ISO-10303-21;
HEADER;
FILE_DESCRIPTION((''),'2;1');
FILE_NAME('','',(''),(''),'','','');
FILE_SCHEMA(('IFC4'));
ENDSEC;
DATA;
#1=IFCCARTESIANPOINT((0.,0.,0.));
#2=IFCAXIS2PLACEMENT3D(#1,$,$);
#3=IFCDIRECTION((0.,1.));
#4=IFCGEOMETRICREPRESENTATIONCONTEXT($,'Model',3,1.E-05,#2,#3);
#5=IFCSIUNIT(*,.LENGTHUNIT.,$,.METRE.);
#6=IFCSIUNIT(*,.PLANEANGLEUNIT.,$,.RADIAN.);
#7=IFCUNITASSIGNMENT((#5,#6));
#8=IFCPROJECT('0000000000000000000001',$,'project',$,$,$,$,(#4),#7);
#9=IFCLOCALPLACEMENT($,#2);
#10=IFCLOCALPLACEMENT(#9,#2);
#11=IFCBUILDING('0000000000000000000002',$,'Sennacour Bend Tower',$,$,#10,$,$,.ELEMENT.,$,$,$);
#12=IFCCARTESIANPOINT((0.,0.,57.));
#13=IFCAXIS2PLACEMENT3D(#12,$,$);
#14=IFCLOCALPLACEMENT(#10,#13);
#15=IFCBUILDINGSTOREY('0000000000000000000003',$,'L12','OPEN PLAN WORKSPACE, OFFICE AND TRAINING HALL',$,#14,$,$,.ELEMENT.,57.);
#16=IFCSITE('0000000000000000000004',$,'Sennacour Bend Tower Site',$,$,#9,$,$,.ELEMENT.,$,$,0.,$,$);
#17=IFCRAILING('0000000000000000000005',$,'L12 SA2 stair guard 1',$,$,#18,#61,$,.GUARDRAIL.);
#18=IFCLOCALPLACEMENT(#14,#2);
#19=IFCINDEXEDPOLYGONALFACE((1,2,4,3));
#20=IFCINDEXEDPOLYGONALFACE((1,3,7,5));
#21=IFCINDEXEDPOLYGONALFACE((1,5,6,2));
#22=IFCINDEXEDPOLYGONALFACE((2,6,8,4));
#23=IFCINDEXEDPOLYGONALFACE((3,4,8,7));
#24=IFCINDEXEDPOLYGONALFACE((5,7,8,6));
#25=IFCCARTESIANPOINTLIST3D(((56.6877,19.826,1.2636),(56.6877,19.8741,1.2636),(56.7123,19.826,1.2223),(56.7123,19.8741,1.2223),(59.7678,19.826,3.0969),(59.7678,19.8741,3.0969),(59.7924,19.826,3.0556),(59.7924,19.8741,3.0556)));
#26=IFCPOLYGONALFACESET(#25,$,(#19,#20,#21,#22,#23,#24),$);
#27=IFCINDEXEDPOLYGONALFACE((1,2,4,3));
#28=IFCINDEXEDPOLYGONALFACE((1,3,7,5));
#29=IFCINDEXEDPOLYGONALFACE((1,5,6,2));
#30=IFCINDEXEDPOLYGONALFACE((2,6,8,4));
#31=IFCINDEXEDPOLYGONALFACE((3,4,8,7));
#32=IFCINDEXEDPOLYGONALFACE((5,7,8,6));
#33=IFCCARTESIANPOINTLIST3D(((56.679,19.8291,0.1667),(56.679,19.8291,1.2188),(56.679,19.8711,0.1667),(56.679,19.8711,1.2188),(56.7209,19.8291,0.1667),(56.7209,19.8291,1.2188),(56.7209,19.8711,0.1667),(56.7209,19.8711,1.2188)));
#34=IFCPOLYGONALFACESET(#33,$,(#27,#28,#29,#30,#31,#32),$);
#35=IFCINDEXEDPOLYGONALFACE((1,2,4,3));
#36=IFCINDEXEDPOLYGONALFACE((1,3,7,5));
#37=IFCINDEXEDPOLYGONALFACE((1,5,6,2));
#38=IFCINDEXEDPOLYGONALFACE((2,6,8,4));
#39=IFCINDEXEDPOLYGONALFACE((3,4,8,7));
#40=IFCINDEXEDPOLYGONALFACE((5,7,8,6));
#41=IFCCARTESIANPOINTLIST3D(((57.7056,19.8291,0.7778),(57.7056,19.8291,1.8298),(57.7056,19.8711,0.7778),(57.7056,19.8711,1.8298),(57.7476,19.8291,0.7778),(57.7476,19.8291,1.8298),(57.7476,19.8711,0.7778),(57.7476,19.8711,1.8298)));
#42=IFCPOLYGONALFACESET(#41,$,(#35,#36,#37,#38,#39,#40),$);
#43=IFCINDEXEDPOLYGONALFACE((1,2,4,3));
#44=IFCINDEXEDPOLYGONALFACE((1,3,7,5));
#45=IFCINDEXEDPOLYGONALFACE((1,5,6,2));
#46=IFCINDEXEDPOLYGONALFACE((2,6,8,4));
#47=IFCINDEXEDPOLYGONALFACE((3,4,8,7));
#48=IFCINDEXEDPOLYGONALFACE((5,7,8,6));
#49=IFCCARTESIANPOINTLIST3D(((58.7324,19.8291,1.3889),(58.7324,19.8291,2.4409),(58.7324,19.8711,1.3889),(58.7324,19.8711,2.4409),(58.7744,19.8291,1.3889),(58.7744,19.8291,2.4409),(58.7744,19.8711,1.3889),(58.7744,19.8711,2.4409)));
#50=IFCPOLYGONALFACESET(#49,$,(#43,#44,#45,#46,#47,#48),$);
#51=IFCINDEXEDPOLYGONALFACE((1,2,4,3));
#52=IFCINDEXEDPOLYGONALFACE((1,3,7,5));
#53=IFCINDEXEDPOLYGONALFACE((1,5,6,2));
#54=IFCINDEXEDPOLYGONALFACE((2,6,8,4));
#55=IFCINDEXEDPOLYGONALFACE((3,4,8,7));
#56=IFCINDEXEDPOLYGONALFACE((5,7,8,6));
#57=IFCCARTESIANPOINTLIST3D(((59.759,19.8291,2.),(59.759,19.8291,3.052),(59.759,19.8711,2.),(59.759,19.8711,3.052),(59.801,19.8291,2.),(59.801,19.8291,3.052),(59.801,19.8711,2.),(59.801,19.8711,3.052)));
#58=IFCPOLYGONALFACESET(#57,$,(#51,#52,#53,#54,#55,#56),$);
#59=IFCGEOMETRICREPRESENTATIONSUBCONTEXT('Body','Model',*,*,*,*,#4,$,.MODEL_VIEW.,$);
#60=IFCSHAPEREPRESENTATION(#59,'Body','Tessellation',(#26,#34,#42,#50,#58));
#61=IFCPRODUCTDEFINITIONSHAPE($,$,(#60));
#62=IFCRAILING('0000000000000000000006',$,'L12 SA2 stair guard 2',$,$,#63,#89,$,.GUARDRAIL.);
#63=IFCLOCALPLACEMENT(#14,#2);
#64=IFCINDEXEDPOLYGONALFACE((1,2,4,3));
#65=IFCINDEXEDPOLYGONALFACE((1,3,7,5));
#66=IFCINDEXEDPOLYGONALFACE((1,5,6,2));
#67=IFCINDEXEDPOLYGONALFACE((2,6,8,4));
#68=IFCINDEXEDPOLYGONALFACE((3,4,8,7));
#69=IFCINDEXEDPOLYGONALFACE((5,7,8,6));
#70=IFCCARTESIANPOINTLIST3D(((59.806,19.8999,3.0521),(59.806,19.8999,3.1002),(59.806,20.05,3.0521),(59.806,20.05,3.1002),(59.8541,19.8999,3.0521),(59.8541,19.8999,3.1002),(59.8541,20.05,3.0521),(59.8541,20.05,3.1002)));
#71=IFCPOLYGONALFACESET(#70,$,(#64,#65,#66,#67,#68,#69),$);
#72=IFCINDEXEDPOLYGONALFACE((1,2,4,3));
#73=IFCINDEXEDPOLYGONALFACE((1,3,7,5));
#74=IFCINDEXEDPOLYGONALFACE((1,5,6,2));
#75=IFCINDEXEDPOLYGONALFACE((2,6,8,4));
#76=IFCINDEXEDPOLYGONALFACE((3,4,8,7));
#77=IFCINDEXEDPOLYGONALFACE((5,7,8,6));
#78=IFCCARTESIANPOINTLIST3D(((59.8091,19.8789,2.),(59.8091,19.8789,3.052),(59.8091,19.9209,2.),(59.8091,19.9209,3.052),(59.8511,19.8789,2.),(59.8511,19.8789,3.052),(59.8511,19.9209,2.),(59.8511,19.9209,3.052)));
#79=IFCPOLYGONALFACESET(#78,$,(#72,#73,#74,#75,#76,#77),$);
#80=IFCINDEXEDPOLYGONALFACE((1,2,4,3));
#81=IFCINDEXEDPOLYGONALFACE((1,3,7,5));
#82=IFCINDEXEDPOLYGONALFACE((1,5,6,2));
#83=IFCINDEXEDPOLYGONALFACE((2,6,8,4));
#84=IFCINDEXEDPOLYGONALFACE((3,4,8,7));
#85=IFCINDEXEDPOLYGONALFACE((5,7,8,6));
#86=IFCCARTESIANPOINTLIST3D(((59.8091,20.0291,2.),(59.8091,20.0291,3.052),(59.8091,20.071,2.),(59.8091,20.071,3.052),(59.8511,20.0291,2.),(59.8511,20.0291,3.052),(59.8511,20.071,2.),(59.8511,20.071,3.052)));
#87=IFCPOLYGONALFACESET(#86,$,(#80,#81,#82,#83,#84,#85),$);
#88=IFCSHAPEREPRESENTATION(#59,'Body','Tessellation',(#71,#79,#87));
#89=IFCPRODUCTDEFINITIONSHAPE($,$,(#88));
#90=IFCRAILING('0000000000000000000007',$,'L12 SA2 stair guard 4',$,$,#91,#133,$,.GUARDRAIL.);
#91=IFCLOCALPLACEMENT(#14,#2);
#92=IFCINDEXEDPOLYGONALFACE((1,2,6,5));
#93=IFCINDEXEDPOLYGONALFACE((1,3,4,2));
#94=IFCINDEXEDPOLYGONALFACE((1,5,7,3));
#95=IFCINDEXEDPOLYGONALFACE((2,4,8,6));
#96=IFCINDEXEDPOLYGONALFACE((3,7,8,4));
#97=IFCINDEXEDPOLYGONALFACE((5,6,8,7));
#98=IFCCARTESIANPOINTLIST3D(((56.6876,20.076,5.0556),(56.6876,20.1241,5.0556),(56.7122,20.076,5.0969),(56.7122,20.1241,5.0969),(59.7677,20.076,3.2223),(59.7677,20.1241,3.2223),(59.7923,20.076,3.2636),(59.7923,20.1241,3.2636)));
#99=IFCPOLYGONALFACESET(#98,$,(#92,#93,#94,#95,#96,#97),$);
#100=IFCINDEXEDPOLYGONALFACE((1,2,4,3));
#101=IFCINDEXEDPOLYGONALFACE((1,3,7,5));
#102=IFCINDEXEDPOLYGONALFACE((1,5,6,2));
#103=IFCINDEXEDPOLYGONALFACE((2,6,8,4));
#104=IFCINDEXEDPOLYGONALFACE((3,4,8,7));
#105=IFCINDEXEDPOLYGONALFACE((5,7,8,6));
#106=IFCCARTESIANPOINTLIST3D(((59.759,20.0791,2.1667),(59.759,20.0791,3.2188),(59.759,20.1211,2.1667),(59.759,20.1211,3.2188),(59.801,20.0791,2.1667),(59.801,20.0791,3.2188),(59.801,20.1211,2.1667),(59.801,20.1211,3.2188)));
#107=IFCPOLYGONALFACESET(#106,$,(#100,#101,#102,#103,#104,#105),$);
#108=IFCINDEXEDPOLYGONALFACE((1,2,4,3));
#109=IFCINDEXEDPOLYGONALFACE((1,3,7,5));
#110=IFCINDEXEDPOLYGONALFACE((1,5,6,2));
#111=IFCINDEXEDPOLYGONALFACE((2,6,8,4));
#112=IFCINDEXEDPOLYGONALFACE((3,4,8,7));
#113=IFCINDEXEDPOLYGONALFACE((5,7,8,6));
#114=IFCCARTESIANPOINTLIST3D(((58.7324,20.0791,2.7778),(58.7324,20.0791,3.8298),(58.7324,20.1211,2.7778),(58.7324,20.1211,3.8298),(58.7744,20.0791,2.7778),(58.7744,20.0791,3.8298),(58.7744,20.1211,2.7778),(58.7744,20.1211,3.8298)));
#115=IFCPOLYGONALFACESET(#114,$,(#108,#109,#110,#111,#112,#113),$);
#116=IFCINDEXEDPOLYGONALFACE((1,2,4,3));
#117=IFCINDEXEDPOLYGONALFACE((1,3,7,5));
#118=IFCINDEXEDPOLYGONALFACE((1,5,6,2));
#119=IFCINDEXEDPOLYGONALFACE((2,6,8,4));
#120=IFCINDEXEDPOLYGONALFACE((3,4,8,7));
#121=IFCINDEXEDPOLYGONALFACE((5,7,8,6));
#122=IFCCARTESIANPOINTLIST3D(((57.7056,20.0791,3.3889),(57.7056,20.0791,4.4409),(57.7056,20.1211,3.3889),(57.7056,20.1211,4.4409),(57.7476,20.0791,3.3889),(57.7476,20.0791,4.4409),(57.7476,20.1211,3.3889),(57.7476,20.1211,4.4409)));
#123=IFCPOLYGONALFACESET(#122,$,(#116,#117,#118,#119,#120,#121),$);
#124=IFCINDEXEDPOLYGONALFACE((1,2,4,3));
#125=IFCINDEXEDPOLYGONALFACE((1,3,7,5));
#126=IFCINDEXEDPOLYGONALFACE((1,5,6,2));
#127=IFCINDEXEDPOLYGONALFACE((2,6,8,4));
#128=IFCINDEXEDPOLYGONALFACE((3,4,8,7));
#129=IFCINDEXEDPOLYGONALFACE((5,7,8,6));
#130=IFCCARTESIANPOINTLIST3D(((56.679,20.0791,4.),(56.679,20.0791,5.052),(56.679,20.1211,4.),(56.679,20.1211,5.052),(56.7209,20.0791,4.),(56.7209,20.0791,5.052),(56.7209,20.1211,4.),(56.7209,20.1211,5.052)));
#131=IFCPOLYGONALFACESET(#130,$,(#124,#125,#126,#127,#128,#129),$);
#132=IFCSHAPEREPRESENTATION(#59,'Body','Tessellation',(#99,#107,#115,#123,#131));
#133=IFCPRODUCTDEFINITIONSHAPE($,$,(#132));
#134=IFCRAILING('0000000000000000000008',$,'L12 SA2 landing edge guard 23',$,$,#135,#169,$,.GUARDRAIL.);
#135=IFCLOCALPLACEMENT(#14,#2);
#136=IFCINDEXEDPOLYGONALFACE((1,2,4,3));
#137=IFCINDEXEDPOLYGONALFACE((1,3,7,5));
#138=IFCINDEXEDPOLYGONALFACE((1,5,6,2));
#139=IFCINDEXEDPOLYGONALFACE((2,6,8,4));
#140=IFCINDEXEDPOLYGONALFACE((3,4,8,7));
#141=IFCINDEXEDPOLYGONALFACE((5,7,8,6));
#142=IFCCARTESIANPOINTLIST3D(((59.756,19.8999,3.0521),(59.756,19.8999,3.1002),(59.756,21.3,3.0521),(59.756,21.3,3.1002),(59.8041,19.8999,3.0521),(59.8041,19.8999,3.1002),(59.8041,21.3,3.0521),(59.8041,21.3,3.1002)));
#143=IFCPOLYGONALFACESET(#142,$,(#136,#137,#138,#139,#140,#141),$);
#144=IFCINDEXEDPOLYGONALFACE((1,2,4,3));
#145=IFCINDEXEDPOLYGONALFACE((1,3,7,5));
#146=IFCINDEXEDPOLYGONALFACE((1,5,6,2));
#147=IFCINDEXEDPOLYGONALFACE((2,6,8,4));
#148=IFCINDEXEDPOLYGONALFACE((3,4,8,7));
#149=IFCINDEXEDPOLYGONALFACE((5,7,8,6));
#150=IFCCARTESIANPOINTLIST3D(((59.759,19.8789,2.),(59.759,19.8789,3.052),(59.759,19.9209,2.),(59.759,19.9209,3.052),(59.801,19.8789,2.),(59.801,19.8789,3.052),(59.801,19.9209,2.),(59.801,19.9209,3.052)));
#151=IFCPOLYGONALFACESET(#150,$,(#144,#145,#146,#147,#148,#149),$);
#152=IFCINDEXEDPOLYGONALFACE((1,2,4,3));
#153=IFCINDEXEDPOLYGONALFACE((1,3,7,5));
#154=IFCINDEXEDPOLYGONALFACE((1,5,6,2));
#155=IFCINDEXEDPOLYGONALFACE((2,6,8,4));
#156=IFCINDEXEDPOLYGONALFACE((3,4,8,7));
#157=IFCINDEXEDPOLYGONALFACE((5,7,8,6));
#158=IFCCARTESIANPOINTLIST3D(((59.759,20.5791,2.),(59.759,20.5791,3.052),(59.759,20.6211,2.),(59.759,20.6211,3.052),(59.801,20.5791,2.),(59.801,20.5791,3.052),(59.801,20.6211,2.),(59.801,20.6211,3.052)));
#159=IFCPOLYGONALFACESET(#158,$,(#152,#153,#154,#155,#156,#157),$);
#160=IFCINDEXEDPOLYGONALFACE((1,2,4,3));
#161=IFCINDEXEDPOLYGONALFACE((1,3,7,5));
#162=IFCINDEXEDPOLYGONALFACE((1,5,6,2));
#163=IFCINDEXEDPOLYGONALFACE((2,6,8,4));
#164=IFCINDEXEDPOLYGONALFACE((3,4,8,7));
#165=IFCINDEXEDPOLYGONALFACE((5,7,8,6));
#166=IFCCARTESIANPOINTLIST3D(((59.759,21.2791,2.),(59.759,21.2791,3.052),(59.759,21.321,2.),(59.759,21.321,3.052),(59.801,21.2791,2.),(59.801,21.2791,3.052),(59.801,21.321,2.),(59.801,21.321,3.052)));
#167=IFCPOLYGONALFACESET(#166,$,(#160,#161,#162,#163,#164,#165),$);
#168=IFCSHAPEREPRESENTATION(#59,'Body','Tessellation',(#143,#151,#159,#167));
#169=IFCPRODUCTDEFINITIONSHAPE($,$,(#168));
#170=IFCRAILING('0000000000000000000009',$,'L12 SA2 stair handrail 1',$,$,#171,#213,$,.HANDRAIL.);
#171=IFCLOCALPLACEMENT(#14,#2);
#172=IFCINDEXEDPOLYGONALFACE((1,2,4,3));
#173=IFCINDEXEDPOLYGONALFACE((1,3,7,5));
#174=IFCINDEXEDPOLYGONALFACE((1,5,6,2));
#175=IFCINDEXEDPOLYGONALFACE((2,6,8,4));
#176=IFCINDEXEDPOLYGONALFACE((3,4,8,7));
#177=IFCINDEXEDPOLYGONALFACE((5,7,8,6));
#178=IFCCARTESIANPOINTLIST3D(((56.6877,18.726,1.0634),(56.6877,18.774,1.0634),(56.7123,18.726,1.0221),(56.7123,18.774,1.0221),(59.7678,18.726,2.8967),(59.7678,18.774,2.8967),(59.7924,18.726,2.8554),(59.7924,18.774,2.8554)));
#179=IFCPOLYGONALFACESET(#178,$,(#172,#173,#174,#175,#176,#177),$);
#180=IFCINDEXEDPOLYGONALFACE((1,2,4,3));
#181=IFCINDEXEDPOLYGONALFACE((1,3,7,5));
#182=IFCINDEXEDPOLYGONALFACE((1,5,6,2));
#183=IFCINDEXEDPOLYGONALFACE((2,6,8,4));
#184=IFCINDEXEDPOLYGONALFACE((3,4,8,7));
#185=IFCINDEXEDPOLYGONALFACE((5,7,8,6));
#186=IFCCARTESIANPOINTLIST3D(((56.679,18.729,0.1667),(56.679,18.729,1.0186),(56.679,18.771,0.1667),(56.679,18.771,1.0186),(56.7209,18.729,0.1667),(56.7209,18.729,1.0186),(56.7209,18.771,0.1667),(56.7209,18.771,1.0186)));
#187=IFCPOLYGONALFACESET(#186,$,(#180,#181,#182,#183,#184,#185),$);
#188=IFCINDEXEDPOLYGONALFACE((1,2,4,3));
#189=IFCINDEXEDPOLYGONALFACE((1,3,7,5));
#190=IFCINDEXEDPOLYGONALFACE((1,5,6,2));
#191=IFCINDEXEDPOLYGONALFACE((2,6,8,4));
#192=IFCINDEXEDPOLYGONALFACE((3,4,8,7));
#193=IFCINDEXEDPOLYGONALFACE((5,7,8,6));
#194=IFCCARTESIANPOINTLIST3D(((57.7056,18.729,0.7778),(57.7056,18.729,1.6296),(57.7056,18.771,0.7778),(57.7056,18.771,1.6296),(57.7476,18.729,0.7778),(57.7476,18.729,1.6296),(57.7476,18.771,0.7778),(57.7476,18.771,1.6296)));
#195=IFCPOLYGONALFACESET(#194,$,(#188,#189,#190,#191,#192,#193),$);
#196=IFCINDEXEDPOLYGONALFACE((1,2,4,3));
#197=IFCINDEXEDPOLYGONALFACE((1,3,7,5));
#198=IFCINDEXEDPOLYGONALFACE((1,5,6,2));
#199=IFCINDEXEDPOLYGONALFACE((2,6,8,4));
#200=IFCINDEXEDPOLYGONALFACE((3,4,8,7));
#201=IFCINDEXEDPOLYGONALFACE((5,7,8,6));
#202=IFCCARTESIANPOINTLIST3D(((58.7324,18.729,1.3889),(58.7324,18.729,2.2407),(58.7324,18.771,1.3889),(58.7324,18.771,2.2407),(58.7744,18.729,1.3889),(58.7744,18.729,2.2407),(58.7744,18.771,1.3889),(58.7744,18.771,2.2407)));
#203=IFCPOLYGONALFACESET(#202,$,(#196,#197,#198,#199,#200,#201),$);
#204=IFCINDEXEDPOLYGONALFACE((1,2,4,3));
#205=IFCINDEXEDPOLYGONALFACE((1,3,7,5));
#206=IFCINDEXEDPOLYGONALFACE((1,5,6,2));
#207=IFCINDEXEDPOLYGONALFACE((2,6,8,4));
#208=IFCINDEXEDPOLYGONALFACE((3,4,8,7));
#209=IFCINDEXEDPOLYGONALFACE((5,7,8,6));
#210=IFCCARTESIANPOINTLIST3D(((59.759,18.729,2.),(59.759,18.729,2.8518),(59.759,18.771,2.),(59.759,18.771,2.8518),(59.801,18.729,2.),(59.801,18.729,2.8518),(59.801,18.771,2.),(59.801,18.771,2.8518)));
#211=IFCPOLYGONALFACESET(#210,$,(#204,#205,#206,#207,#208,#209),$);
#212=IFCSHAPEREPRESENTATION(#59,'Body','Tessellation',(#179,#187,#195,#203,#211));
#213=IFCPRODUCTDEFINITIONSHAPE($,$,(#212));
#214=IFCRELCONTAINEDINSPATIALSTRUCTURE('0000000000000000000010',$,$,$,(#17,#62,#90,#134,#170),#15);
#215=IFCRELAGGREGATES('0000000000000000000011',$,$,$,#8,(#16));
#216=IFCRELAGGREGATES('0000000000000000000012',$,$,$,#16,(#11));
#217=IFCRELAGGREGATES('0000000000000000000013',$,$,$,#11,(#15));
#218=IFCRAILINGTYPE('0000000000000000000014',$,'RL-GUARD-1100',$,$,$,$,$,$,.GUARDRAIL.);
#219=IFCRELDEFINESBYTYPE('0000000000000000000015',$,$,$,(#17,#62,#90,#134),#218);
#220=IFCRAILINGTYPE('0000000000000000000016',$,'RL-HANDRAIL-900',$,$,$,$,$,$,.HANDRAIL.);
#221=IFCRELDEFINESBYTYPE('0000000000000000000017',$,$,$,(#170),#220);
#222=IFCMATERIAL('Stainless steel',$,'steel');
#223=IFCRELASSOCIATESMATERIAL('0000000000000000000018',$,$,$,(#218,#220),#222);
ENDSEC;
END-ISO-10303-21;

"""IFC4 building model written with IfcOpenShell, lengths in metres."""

from ifc_helpers import new_model, si_unit, direction, frame, origin, origin_2d, place, context, subcontext, project, spatial, rectangle, extrude, material, type_object, element, save


model = new_model("IFC4")

# Units and contexts
model_context = context("Model", 3, precision=1e-05, world=origin(), true_north=direction((0.0, 1.0)))
body_context = subcontext(model_context, "Body", "Model", "MODEL_VIEW")
ifc_project = project(units=[si_unit("LENGTHUNIT", "METRE"), si_unit("PLANEANGLEUNIT", "RADIAN")], contexts=[model_context])

# Site, building, storey
site_placement = place(None, origin())
site = spatial("IfcSite", under=ifc_project, at=site_placement, Name="Sennacour Bend Tower Site", CompositionType="ELEMENT", RefElevation=0.0)
building_placement = place(site_placement, origin())
building = spatial("IfcBuilding", under=site, at=building_placement, Name="Sennacour Bend Tower", CompositionType="ELEMENT")
storey_placement = place(building_placement, frame((0.0, 0.0, 57.0)))
storey = spatial("IfcBuildingStorey", under=building, at=storey_placement, Name="L12", Description="OPEN PLAN WORKSPACE, OFFICE AND TRAINING HALL", CompositionType="ELEMENT", Elevation=57.0)

# Shared definitions
ifc_material_1 = material(Name="Stainless steel", Category="steel")

# Railings
railing_type_1 = type_object("IfcRailingType", Name="RL-GUARD-1100", PredefinedType="GUARDRAIL", material=ifc_material_1)
railing_1_placement = place(storey_placement, frame((56.7, 19.8501, 0.1667)))
element("IfcRailing", 1, at=railing_1_placement, inside=storey, type_object=railing_type_1, Name="L12 SA2 stair guard 1", PredefinedType="GUARDRAIL", context=body_context, shape_type="SweptSolid", body=[
    extrude(rectangle(XDim=0.0481, YDim=0.0481, at=origin_2d()), frame((0.0, 0.0, 1.0762), z_axis=(0.859309, 0.0, 0.511458), x_axis=(0.0, 1.0, 0.0)), (0.0, 0.0, 1.0), 3.5845),
    extrude(rectangle(XDim=0.042, YDim=0.042, at=origin_2d()), origin(), (0.0, 0.0, 1.0), 1.052),
    extrude(rectangle(XDim=0.042, YDim=0.042, at=origin_2d()), frame((1.0266, 0.0, 0.6111)), (0.0, 0.0, 1.0), 1.052),
    extrude(rectangle(XDim=0.042, YDim=0.042, at=origin_2d()), frame((2.0535, 0.0, 1.2222)), (0.0, 0.0, 1.0), 1.052),
    extrude(rectangle(XDim=0.042, YDim=0.042, at=origin_2d()), frame((3.0801, 0.0, 1.8333)), (0.0, 0.0, 1.0), 1.052),
])
railing_2_placement = place(storey_placement, frame((59.8301, 19.8999, 2.0)))
element("IfcRailing", 2, at=railing_2_placement, inside=storey, type_object=railing_type_1, Name="L12 SA2 stair guard 2", PredefinedType="GUARDRAIL", context=body_context, shape_type="SweptSolid", body=[
    extrude(rectangle(XDim=0.0481, YDim=0.0481, at=origin_2d()), frame((0.0, 0.0, 1.0762), z_axis=(0.0, 1.0, 0.0), x_axis=(-1.0, 0.0, 0.0)), (0.0, 0.0, 1.0), 0.1501),
    extrude(rectangle(XDim=0.042, YDim=0.042, at=origin_2d()), origin(), (0.0, 0.0, 1.0), 1.052),
    extrude(rectangle(XDim=0.042, YDim=0.042, at=origin_2d()), frame((0.0, 0.1501, 0.0)), (0.0, 0.0, 1.0), 1.052),
])
railing_3_placement = place(storey_placement, frame((59.78, 20.1001, 2.1667)))
element("IfcRailing", 3, at=railing_3_placement, inside=storey, type_object=railing_type_1, Name="L12 SA2 stair guard 4", PredefinedType="GUARDRAIL", context=body_context, shape_type="SweptSolid", body=[
    extrude(rectangle(XDim=0.0481, YDim=0.0481, at=origin_2d()), frame((0.0, 0.0, 1.0762), z_axis=(-0.859309, 0.0, 0.511458), x_axis=(0.0, -1.0, 0.0)), (0.0, 0.0, 1.0), 3.5845),
    extrude(rectangle(XDim=0.042, YDim=0.042, at=origin_2d()), origin(), (0.0, 0.0, 1.0), 1.052),
    extrude(rectangle(XDim=0.042, YDim=0.042, at=origin_2d()), frame((-1.0266, 0.0, 0.6111)), (0.0, 0.0, 1.0), 1.052),
    extrude(rectangle(XDim=0.042, YDim=0.042, at=origin_2d()), frame((-2.0535, 0.0, 1.2222)), (0.0, 0.0, 1.0), 1.052),
    extrude(rectangle(XDim=0.042, YDim=0.042, at=origin_2d()), frame((-3.0801, 0.0, 1.8333)), (0.0, 0.0, 1.0), 1.052),
])
railing_4_placement = place(storey_placement, frame((59.78, 19.8999, 2.0)))
element("IfcRailing", 4, at=railing_4_placement, inside=storey, type_object=railing_type_1, Name="L12 SA2 landing edge guard 23", PredefinedType="GUARDRAIL", context=body_context, shape_type="SweptSolid", body=[
    extrude(rectangle(XDim=0.0481, YDim=0.0481, at=origin_2d()), frame((0.0, 0.0, 1.0762), z_axis=(0.0, 1.0, 0.0), x_axis=(-1.0, 0.0, 0.0)), (0.0, 0.0, 1.0), 1.4001),
    extrude(rectangle(XDim=0.042, YDim=0.042, at=origin_2d()), origin(), (0.0, 0.0, 1.0), 1.052),
    extrude(rectangle(XDim=0.042, YDim=0.042, at=origin_2d()), frame((0.0, 0.7002, 0.0)), (0.0, 0.0, 1.0), 1.052),
    extrude(rectangle(XDim=0.042, YDim=0.042, at=origin_2d()), frame((0.0, 1.4001, 0.0)), (0.0, 0.0, 1.0), 1.052),
])
railing_type_2 = type_object("IfcRailingType", Name="RL-HANDRAIL-900", PredefinedType="HANDRAIL", material=ifc_material_1)
railing_5_placement = place(storey_placement, frame((56.7, 18.75, 0.1667)))
element("IfcRailing", 5, at=railing_5_placement, inside=storey, type_object=railing_type_2, Name="L12 SA2 stair handrail 1", PredefinedType="HANDRAIL", context=body_context, shape_type="SweptSolid", body=[
    extrude(rectangle(XDim=0.0481, YDim=0.0481, at=origin_2d()), frame((0.0, 0.0, 0.876), z_axis=(0.859309, 0.0, 0.511458), x_axis=(0.0, 1.0, 0.0)), (0.0, 0.0, 1.0), 3.5845),
    extrude(rectangle(XDim=0.042, YDim=0.042, at=origin_2d()), origin(), (0.0, 0.0, 1.0), 0.8518),
    extrude(rectangle(XDim=0.042, YDim=0.042, at=origin_2d()), frame((1.0266, 0.0, 0.6111)), (0.0, 0.0, 1.0), 0.8518),
    extrude(rectangle(XDim=0.042, YDim=0.042, at=origin_2d()), frame((2.0535, 0.0, 1.2222)), (0.0, 0.0, 1.0), 0.8518),
    extrude(rectangle(XDim=0.042, YDim=0.042, at=origin_2d()), frame((3.0801, 0.0, 1.8333)), (0.0, 0.0, 1.0), 0.8518),
])

save(model, "model.ifc")
